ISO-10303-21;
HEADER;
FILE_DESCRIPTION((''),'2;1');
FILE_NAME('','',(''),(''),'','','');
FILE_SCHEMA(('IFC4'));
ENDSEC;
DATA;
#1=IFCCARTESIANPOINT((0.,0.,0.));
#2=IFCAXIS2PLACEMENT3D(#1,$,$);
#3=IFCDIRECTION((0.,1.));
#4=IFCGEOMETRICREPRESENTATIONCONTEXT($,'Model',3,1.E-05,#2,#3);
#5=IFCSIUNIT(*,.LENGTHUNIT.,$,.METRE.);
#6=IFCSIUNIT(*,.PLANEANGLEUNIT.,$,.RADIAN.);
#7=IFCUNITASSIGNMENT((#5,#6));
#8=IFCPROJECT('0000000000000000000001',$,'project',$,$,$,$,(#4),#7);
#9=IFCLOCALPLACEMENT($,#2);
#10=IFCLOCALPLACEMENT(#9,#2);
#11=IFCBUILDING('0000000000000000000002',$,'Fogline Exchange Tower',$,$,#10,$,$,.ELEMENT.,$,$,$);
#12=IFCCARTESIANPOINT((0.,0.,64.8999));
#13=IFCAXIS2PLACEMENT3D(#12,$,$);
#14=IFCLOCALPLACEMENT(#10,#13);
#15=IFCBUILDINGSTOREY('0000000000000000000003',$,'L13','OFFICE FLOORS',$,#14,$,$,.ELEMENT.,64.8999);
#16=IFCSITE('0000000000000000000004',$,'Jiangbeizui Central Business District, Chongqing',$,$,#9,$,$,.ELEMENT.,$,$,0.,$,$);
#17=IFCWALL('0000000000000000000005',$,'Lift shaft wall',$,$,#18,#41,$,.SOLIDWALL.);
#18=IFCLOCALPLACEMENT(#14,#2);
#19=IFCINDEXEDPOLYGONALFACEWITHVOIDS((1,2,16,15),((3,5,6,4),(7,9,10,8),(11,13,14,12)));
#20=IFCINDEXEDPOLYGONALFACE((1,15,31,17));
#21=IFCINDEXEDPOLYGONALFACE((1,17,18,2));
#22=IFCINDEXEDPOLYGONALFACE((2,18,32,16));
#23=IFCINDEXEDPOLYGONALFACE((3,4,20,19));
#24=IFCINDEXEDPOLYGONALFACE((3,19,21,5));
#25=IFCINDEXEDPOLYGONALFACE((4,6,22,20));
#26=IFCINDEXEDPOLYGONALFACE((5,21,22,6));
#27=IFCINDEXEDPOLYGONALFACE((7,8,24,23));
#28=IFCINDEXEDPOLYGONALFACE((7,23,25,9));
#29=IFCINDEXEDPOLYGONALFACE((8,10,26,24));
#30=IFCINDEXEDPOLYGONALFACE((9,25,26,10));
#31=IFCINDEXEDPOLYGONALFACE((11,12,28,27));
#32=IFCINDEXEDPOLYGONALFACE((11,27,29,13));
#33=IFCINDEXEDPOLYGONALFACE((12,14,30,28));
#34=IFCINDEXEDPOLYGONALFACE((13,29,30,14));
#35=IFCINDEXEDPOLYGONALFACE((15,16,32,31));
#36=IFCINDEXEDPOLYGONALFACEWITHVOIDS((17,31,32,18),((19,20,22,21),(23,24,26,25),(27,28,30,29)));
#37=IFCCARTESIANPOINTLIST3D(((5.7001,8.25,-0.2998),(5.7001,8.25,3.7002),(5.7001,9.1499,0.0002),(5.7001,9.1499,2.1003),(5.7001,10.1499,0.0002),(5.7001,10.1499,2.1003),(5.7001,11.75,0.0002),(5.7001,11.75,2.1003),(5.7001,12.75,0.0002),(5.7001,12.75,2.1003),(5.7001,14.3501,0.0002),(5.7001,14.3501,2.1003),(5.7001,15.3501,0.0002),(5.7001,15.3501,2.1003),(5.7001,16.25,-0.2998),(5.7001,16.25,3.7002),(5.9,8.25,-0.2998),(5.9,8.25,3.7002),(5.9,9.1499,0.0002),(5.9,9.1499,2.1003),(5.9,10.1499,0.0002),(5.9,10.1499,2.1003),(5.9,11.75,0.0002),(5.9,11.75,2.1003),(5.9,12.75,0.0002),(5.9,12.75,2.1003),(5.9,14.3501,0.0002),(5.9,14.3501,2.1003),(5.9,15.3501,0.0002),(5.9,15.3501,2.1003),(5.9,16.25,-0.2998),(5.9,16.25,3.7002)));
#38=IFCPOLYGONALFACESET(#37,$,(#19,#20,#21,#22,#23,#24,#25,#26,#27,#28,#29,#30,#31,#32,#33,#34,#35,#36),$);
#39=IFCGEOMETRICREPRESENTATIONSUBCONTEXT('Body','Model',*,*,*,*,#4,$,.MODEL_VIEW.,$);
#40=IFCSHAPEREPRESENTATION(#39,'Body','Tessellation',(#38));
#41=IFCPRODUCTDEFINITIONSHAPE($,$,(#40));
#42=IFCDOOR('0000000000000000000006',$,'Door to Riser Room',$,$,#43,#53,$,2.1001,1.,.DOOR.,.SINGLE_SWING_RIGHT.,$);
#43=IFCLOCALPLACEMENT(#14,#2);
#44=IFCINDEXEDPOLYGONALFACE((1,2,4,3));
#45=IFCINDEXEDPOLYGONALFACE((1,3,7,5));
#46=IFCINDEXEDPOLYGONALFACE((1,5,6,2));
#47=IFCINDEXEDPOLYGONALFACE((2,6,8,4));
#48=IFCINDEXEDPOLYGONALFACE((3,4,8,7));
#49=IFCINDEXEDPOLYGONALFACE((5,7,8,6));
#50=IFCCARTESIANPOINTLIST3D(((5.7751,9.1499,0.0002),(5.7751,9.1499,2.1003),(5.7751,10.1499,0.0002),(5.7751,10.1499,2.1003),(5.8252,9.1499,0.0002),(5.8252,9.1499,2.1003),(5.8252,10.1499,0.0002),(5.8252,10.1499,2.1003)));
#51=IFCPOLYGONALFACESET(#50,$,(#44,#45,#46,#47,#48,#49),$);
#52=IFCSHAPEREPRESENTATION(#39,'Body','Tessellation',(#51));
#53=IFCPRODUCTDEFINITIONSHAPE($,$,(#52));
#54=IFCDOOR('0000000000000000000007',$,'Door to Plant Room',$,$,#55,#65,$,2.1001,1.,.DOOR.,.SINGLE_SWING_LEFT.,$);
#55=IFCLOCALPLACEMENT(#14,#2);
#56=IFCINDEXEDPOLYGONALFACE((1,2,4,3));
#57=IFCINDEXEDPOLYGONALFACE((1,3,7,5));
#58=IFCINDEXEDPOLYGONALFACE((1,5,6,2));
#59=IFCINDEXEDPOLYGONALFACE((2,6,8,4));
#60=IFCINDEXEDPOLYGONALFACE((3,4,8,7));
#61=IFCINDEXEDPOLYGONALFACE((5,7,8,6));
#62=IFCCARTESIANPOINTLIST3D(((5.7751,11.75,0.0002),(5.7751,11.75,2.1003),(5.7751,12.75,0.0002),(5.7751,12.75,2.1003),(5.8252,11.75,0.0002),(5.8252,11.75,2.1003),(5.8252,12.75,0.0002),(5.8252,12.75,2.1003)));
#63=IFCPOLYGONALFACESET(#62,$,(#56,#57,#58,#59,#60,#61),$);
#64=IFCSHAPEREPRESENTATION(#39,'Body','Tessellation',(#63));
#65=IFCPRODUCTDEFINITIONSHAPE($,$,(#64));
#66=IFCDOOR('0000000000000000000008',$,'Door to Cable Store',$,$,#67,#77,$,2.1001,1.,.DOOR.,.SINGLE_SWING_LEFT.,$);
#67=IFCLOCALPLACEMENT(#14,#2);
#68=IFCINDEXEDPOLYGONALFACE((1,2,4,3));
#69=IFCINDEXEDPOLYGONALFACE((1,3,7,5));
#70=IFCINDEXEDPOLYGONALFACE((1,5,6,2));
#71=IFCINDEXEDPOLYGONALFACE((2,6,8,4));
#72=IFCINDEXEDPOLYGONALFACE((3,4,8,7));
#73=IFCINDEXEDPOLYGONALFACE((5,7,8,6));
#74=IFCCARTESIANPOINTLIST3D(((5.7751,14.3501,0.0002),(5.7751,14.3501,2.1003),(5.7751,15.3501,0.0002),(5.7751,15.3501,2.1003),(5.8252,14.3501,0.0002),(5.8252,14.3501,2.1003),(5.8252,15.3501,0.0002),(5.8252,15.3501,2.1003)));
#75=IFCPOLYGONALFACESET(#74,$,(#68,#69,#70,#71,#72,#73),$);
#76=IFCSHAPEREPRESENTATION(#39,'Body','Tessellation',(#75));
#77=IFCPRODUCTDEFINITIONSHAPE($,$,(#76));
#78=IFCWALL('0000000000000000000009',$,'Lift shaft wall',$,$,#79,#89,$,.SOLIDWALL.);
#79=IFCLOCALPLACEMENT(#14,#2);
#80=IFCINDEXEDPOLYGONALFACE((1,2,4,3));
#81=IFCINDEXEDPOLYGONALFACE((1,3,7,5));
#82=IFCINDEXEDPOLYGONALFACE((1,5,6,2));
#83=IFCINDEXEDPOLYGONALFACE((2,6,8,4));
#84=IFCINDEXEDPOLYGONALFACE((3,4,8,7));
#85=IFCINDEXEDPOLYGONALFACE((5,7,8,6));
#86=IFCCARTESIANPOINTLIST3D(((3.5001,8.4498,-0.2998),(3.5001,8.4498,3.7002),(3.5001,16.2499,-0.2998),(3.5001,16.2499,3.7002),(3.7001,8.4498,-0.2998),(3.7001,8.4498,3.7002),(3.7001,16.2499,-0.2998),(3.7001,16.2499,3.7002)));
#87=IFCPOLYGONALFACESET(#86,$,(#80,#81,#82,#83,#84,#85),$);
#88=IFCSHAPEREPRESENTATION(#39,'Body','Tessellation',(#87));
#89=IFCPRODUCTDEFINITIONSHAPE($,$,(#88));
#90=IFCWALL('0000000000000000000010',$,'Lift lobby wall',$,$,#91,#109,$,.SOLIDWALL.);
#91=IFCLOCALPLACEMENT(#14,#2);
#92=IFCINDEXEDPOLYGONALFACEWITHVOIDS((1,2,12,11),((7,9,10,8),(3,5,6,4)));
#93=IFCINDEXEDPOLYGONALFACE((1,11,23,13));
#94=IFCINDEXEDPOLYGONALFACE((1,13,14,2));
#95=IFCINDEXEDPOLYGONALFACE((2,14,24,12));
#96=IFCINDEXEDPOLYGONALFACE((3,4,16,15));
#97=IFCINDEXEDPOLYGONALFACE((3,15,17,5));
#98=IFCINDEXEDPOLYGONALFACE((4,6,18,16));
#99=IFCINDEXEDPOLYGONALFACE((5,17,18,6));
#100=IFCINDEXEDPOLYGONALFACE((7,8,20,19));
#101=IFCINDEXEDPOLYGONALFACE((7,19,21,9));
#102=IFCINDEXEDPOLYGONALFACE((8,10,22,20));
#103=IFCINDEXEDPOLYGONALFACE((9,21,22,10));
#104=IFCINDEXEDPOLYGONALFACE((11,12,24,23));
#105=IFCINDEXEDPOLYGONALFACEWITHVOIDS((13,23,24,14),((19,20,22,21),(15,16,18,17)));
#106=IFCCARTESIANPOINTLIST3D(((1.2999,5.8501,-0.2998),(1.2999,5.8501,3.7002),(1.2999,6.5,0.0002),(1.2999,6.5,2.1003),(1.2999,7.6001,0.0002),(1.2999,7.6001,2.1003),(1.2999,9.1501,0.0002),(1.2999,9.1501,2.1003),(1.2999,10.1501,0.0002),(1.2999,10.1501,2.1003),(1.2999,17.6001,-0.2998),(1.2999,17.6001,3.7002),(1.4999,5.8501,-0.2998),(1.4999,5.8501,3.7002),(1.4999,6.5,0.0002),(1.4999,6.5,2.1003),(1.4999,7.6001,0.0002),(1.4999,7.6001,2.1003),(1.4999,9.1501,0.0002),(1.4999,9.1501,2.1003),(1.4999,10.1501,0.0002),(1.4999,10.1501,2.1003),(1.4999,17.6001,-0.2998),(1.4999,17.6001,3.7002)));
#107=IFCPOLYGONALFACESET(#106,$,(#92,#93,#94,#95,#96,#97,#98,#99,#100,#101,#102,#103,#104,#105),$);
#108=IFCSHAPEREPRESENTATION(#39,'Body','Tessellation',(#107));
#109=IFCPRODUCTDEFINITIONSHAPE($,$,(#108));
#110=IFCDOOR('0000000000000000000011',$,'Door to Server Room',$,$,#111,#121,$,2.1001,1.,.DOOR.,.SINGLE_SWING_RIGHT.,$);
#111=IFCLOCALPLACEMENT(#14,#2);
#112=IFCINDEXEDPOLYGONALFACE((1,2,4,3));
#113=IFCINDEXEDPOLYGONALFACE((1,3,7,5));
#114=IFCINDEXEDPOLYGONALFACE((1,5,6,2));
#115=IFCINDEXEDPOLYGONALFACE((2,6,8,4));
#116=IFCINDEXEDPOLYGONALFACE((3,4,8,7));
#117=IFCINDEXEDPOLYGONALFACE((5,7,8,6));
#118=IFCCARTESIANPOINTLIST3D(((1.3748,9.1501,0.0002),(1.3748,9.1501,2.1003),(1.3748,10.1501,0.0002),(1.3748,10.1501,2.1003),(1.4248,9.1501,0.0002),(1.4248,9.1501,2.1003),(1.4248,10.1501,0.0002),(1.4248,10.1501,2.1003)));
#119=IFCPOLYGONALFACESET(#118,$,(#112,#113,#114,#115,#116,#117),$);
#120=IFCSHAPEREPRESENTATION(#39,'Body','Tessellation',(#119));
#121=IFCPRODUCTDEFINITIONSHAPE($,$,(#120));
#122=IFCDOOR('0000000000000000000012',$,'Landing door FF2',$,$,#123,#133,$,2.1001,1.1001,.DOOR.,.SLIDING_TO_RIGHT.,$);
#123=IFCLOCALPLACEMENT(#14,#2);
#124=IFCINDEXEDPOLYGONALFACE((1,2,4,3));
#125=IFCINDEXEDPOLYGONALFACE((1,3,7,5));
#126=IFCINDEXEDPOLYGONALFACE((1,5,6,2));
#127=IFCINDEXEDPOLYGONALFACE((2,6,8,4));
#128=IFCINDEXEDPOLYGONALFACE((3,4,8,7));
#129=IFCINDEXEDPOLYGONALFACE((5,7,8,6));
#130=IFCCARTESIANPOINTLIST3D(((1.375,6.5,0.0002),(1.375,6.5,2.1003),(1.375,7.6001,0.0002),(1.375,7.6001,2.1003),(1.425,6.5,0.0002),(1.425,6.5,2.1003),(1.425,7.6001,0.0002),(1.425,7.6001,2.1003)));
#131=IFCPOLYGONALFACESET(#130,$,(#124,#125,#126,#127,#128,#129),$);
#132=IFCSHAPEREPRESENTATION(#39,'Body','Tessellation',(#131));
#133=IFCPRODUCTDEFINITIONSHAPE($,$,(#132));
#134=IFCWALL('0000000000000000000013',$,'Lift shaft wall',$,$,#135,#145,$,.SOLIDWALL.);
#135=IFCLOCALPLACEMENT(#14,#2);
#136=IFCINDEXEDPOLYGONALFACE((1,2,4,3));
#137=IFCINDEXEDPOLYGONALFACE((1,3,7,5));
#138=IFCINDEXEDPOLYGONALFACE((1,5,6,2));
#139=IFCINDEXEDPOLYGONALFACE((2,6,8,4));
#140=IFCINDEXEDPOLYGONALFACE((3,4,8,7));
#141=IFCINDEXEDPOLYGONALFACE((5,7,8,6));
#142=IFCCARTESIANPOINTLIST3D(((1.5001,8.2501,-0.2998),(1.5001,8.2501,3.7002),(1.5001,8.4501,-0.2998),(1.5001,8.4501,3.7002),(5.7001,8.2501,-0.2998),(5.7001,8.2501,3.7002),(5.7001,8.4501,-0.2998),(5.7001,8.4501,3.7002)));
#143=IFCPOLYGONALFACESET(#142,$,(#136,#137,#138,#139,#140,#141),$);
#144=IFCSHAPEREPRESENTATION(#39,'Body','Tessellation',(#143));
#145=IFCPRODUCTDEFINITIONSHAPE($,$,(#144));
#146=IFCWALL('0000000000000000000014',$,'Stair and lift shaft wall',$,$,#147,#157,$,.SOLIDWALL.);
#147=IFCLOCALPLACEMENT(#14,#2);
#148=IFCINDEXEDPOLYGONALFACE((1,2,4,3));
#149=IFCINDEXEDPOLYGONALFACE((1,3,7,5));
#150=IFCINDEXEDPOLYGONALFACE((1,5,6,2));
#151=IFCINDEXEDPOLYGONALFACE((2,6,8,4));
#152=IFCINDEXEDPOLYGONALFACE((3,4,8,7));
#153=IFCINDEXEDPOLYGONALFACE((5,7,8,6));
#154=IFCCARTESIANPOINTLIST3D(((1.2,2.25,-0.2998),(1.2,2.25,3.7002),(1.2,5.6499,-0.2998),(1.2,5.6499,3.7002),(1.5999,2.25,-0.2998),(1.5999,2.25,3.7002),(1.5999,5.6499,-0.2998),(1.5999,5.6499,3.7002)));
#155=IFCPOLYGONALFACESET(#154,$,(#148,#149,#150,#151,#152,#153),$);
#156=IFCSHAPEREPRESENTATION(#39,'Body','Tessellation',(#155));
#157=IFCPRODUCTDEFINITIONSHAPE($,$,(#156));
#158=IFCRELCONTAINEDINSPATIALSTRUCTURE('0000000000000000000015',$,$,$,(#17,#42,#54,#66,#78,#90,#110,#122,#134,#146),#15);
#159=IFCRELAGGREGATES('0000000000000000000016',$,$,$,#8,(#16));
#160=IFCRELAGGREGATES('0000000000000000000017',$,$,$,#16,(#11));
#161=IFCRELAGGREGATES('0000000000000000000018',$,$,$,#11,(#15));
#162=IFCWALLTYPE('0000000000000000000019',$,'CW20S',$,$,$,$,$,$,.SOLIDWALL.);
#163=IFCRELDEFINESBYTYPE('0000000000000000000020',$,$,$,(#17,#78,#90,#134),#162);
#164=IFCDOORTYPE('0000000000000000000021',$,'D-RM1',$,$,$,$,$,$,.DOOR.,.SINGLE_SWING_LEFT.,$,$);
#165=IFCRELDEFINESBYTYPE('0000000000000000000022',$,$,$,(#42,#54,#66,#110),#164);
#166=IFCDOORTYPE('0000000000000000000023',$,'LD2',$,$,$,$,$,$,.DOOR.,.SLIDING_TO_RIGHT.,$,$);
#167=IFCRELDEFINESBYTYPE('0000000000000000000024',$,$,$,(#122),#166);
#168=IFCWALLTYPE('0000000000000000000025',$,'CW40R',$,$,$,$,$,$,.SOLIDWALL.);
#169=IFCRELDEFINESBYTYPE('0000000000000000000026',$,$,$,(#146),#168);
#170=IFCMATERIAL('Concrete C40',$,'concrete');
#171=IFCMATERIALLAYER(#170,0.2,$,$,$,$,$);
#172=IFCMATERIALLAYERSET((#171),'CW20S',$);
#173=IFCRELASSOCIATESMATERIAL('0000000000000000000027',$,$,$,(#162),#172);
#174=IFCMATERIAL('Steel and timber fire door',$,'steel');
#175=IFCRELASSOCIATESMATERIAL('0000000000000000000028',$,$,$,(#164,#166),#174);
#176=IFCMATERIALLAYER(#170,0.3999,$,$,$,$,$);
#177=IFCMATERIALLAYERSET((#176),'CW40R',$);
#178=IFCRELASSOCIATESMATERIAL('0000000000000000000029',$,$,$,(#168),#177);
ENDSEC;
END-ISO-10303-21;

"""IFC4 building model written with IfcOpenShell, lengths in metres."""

from ifc_helpers import new_model, si_unit, direction, frame, frame_2d, origin, place, context, subcontext, project, spatial, rectangle, extrude, material, layer, layer_set, type_object, element, fill, save


model = new_model("IFC4")

# Units and contexts
model_context = context("Model", 3, precision=1e-05, world=origin(), true_north=direction((0.0, 1.0)))
body_context = subcontext(model_context, "Body", "Model", "MODEL_VIEW")
ifc_project = project(units=[si_unit("LENGTHUNIT", "METRE"), si_unit("PLANEANGLEUNIT", "RADIAN")], contexts=[model_context])

# Site, building, storey
site_placement = place(None, origin())
site = spatial("IfcSite", under=ifc_project, at=site_placement, Name="Jiangbeizui Central Business District, Chongqing", CompositionType="ELEMENT", RefElevation=0.0)
building_placement = place(site_placement, origin())
building = spatial("IfcBuilding", under=site, at=building_placement, Name="Fogline Exchange Tower", CompositionType="ELEMENT")
storey_placement = place(building_placement, frame((0.0, 0.0, 64.8999)))
storey = spatial("IfcBuildingStorey", under=building, at=storey_placement, Name="L13", Description="OFFICE FLOORS", CompositionType="ELEMENT", Elevation=64.8999)

# Shared definitions
ifc_material_1 = material(Name="Concrete C40", Category="concrete")

# Shared definitions
ifc_material_2 = material(Name="Steel and timber fire door", Category="steel")

# Wall, openings, doors
ifc_layer_1 = layer(ifc_material_1, 0.2)
ifc_layer_set_1 = layer_set([ifc_layer_1], Name="CW20S")
wall_type_1 = type_object("IfcWallType", Name="CW20S", PredefinedType="SOLIDWALL", material=ifc_layer_set_1)
wall_1_placement = place(storey_placement, frame((5.8, 8.25, -0.2998), z_axis=(0.0, 0.0, 1.0), x_axis=(0.0, 1.0, 0.0)))
wall_1 = element("IfcWall", 1, at=wall_1_placement, inside=storey, type_object=wall_type_1, Name="Lift shaft wall", PredefinedType="SOLIDWALL", context=body_context, shape_type="SweptSolid", body=[
    extrude(rectangle(XDim=8.0, YDim=0.2, at=frame_2d((4.0, 0.0))), origin(), (0.0, 0.0, 1.0), 4.0),
])
opening_1_placement = place(wall_1_placement, frame((0.8999, 0.0, 0.3)))
opening_1 = element("IfcOpeningElement", 2, at=opening_1_placement, cuts=wall_1, PredefinedType="OPENING", context=body_context, shape_type="SweptSolid", body=[
    extrude(rectangle(XDim=1.0, YDim=2.1001, at=frame_2d((0.5, 1.05))), frame((0.0, 0.1099, 0.0), z_axis=(0.0, -1.0, 0.0), x_axis=(1.0, 0.0, 0.0)), (0.0, 0.0, 1.0), 0.22),
])
opening_2_placement = place(wall_1_placement, frame((3.5, 0.0, 0.3)))
opening_2 = element("IfcOpeningElement", 3, at=opening_2_placement, cuts=wall_1, PredefinedType="OPENING", context=body_context, shape_type="SweptSolid", body=[
    extrude(rectangle(XDim=1.0, YDim=2.1001, at=frame_2d((0.5, 1.05))), frame((0.0, 0.1099, 0.0), z_axis=(0.0, -1.0, 0.0), x_axis=(1.0, 0.0, 0.0)), (0.0, 0.0, 1.0), 0.22),
])
opening_3_placement = place(wall_1_placement, frame((6.1001, 0.0, 0.3)))
opening_3 = element("IfcOpeningElement", 4, at=opening_3_placement, cuts=wall_1, PredefinedType="OPENING", context=body_context, shape_type="SweptSolid", body=[
    extrude(rectangle(XDim=1.0, YDim=2.1001, at=frame_2d((0.5, 1.05))), frame((0.0, 0.1099, 0.0), z_axis=(0.0, -1.0, 0.0), x_axis=(1.0, 0.0, 0.0)), (0.0, 0.0, 1.0), 0.22),
])
door_type_1 = type_object("IfcDoorType", Name="D-RM1", OperationType="SINGLE_SWING_LEFT", PredefinedType="DOOR", material=ifc_material_2)
door_1_placement = place(opening_1_placement, origin())
door_1 = element("IfcDoor", 5, at=door_1_placement, inside=storey, type_object=door_type_1, Name="Door to Riser Room", OperationType="SINGLE_SWING_RIGHT", OverallHeight=2.1001, OverallWidth=1.0, PredefinedType="DOOR", context=body_context, shape_type="SweptSolid", body=[
    extrude(rectangle(XDim=1.0, YDim=2.1001, at=frame_2d((0.5, 1.05))), frame((0.0, 0.0249, 0.0), z_axis=(0.0, -1.0, 0.0), x_axis=(1.0, 0.0, 0.0)), (0.0, 0.0, 1.0), 0.05),
])
fill(opening_1, door_1)
door_2_placement = place(opening_2_placement, origin())
door_2 = element("IfcDoor", 6, at=door_2_placement, inside=storey, type_object=door_type_1, Name="Door to Plant Room", OperationType="SINGLE_SWING_LEFT", OverallHeight=2.1001, OverallWidth=1.0, PredefinedType="DOOR", context=body_context, shape_type="SweptSolid", body=[
    extrude(rectangle(XDim=1.0, YDim=2.1001, at=frame_2d((0.5, 1.05))), frame((0.0, 0.0249, 0.0), z_axis=(0.0, -1.0, 0.0), x_axis=(1.0, 0.0, 0.0)), (0.0, 0.0, 1.0), 0.05),
])
fill(opening_2, door_2)
door_3_placement = place(opening_3_placement, origin())
door_3 = element("IfcDoor", 7, at=door_3_placement, inside=storey, type_object=door_type_1, Name="Door to Cable Store", OperationType="SINGLE_SWING_LEFT", OverallHeight=2.1001, OverallWidth=1.0, PredefinedType="DOOR", context=body_context, shape_type="SweptSolid", body=[
    extrude(rectangle(XDim=1.0, YDim=2.1001, at=frame_2d((0.5, 1.05))), frame((0.0, 0.0249, 0.0), z_axis=(0.0, -1.0, 0.0), x_axis=(1.0, 0.0, 0.0)), (0.0, 0.0, 1.0), 0.05),
])
fill(opening_3, door_3)

# Wall
wall_2_placement = place(storey_placement, frame((3.6001, 8.45, -0.2998), z_axis=(0.0, 0.0, 1.0), x_axis=(0.0, 1.0, 0.0)))
element("IfcWall", 8, at=wall_2_placement, inside=storey, type_object=wall_type_1, Name="Lift shaft wall", PredefinedType="SOLIDWALL", context=body_context, shape_type="SweptSolid", body=[
    extrude(rectangle(XDim=7.8, YDim=0.2, at=frame_2d((3.8999, 0.0))), origin(), (0.0, 0.0, 1.0), 4.0),
])

# Wall, openings, doors
wall_3_placement = place(storey_placement, frame((1.3999, 5.8501, -0.2998), z_axis=(0.0, 0.0, 1.0), x_axis=(0.0, 1.0, 0.0)))
wall_3 = element("IfcWall", 9, at=wall_3_placement, inside=storey, type_object=wall_type_1, Name="Lift lobby wall", PredefinedType="SOLIDWALL", context=body_context, shape_type="SweptSolid", body=[
    extrude(rectangle(XDim=11.75, YDim=0.2, at=frame_2d((5.875, 0.0))), origin(), (0.0, 0.0, 1.0), 4.0),
])
opening_4_placement = place(wall_3_placement, frame((0.6499, 0.0, 0.3)))
opening_4 = element("IfcOpeningElement", 10, at=opening_4_placement, cuts=wall_3, PredefinedType="OPENING", context=body_context, shape_type="SweptSolid", body=[
    extrude(rectangle(XDim=1.1001, YDim=2.1001, at=frame_2d((0.55, 1.05))), frame((0.0, 0.1099, 0.0), z_axis=(0.0, -1.0, 0.0), x_axis=(1.0, 0.0, 0.0)), (0.0, 0.0, 1.0), 0.22),
])
opening_5_placement = place(wall_3_placement, frame((3.3, 0.0, 0.3)))
opening_5 = element("IfcOpeningElement", 11, at=opening_5_placement, cuts=wall_3, PredefinedType="OPENING", context=body_context, shape_type="SweptSolid", body=[
    extrude(rectangle(XDim=1.0, YDim=2.1001, at=frame_2d((0.5, 1.05))), frame((0.0, 0.1099, 0.0), z_axis=(0.0, -1.0, 0.0), x_axis=(1.0, 0.0, 0.0)), (0.0, 0.0, 1.0), 0.22),
])
door_4_placement = place(opening_5_placement, frame((1.0, 0.0, 0.0), z_axis=(0.0, 0.0, 1.0), x_axis=(-1.0, 0.0, 0.0)))
door_4 = element("IfcDoor", 12, at=door_4_placement, inside=storey, type_object=door_type_1, Name="Door to Server Room", OperationType="SINGLE_SWING_RIGHT", OverallHeight=2.1001, OverallWidth=1.0, PredefinedType="DOOR", context=body_context, shape_type="SweptSolid", body=[
    extrude(rectangle(XDim=1.0, YDim=2.1001, at=frame_2d((0.5, 1.05))), frame((0.0, 0.0249, 0.0), z_axis=(0.0, -1.0, 0.0), x_axis=(1.0, 0.0, 0.0)), (0.0, 0.0, 1.0), 0.05),
])
fill(opening_5, door_4)
door_type_2 = type_object("IfcDoorType", Name="LD2", OperationType="SLIDING_TO_RIGHT", PredefinedType="DOOR", material=ifc_material_2)
door_5_placement = place(opening_4_placement, origin())
door_5 = element("IfcDoor", 13, at=door_5_placement, inside=storey, type_object=door_type_2, Name="Landing door FF2", OperationType="SLIDING_TO_RIGHT", OverallHeight=2.1001, OverallWidth=1.1001, PredefinedType="DOOR", context=body_context, shape_type="SweptSolid", body=[
    extrude(rectangle(XDim=1.1001, YDim=2.1001, at=frame_2d((0.55, 1.05))), frame((0.0, 0.0249, 0.0), z_axis=(0.0, -1.0, 0.0), x_axis=(1.0, 0.0, 0.0)), (0.0, 0.0, 1.0), 0.05),
])
fill(opening_4, door_5)

# Walls
wall_4_placement = place(storey_placement, frame((1.5, 8.3501, -0.2998), z_axis=(0.0, 0.0, 1.0), x_axis=(1.0, 0.0, 0.0)))
element("IfcWall", 14, at=wall_4_placement, inside=storey, type_object=wall_type_1, Name="Lift shaft wall", PredefinedType="SOLIDWALL", context=body_context, shape_type="SweptSolid", body=[
    extrude(rectangle(XDim=4.2, YDim=0.2, at=frame_2d((2.1001, 0.0))), origin(), (0.0, 0.0, 1.0), 4.0),
])
ifc_layer_2 = layer(ifc_material_1, 0.3999)
ifc_layer_set_2 = layer_set([ifc_layer_2], Name="CW40R")
wall_type_2 = type_object("IfcWallType", Name="CW40R", PredefinedType="SOLIDWALL", material=ifc_layer_set_2)
wall_5_placement = place(storey_placement, frame((1.3999, 2.25, -0.2998), z_axis=(0.0, 0.0, 1.0), x_axis=(0.0, 1.0, 0.0)))
element("IfcWall", 15, at=wall_5_placement, inside=storey, type_object=wall_type_2, Name="Stair and lift shaft wall", PredefinedType="SOLIDWALL", context=body_context, shape_type="SweptSolid", body=[
    extrude(rectangle(XDim=3.3999, YDim=0.3999, at=frame_2d((1.7, 0.0))), origin(), (0.0, 0.0, 1.0), 4.0),
])

save(model, "model.ifc")
